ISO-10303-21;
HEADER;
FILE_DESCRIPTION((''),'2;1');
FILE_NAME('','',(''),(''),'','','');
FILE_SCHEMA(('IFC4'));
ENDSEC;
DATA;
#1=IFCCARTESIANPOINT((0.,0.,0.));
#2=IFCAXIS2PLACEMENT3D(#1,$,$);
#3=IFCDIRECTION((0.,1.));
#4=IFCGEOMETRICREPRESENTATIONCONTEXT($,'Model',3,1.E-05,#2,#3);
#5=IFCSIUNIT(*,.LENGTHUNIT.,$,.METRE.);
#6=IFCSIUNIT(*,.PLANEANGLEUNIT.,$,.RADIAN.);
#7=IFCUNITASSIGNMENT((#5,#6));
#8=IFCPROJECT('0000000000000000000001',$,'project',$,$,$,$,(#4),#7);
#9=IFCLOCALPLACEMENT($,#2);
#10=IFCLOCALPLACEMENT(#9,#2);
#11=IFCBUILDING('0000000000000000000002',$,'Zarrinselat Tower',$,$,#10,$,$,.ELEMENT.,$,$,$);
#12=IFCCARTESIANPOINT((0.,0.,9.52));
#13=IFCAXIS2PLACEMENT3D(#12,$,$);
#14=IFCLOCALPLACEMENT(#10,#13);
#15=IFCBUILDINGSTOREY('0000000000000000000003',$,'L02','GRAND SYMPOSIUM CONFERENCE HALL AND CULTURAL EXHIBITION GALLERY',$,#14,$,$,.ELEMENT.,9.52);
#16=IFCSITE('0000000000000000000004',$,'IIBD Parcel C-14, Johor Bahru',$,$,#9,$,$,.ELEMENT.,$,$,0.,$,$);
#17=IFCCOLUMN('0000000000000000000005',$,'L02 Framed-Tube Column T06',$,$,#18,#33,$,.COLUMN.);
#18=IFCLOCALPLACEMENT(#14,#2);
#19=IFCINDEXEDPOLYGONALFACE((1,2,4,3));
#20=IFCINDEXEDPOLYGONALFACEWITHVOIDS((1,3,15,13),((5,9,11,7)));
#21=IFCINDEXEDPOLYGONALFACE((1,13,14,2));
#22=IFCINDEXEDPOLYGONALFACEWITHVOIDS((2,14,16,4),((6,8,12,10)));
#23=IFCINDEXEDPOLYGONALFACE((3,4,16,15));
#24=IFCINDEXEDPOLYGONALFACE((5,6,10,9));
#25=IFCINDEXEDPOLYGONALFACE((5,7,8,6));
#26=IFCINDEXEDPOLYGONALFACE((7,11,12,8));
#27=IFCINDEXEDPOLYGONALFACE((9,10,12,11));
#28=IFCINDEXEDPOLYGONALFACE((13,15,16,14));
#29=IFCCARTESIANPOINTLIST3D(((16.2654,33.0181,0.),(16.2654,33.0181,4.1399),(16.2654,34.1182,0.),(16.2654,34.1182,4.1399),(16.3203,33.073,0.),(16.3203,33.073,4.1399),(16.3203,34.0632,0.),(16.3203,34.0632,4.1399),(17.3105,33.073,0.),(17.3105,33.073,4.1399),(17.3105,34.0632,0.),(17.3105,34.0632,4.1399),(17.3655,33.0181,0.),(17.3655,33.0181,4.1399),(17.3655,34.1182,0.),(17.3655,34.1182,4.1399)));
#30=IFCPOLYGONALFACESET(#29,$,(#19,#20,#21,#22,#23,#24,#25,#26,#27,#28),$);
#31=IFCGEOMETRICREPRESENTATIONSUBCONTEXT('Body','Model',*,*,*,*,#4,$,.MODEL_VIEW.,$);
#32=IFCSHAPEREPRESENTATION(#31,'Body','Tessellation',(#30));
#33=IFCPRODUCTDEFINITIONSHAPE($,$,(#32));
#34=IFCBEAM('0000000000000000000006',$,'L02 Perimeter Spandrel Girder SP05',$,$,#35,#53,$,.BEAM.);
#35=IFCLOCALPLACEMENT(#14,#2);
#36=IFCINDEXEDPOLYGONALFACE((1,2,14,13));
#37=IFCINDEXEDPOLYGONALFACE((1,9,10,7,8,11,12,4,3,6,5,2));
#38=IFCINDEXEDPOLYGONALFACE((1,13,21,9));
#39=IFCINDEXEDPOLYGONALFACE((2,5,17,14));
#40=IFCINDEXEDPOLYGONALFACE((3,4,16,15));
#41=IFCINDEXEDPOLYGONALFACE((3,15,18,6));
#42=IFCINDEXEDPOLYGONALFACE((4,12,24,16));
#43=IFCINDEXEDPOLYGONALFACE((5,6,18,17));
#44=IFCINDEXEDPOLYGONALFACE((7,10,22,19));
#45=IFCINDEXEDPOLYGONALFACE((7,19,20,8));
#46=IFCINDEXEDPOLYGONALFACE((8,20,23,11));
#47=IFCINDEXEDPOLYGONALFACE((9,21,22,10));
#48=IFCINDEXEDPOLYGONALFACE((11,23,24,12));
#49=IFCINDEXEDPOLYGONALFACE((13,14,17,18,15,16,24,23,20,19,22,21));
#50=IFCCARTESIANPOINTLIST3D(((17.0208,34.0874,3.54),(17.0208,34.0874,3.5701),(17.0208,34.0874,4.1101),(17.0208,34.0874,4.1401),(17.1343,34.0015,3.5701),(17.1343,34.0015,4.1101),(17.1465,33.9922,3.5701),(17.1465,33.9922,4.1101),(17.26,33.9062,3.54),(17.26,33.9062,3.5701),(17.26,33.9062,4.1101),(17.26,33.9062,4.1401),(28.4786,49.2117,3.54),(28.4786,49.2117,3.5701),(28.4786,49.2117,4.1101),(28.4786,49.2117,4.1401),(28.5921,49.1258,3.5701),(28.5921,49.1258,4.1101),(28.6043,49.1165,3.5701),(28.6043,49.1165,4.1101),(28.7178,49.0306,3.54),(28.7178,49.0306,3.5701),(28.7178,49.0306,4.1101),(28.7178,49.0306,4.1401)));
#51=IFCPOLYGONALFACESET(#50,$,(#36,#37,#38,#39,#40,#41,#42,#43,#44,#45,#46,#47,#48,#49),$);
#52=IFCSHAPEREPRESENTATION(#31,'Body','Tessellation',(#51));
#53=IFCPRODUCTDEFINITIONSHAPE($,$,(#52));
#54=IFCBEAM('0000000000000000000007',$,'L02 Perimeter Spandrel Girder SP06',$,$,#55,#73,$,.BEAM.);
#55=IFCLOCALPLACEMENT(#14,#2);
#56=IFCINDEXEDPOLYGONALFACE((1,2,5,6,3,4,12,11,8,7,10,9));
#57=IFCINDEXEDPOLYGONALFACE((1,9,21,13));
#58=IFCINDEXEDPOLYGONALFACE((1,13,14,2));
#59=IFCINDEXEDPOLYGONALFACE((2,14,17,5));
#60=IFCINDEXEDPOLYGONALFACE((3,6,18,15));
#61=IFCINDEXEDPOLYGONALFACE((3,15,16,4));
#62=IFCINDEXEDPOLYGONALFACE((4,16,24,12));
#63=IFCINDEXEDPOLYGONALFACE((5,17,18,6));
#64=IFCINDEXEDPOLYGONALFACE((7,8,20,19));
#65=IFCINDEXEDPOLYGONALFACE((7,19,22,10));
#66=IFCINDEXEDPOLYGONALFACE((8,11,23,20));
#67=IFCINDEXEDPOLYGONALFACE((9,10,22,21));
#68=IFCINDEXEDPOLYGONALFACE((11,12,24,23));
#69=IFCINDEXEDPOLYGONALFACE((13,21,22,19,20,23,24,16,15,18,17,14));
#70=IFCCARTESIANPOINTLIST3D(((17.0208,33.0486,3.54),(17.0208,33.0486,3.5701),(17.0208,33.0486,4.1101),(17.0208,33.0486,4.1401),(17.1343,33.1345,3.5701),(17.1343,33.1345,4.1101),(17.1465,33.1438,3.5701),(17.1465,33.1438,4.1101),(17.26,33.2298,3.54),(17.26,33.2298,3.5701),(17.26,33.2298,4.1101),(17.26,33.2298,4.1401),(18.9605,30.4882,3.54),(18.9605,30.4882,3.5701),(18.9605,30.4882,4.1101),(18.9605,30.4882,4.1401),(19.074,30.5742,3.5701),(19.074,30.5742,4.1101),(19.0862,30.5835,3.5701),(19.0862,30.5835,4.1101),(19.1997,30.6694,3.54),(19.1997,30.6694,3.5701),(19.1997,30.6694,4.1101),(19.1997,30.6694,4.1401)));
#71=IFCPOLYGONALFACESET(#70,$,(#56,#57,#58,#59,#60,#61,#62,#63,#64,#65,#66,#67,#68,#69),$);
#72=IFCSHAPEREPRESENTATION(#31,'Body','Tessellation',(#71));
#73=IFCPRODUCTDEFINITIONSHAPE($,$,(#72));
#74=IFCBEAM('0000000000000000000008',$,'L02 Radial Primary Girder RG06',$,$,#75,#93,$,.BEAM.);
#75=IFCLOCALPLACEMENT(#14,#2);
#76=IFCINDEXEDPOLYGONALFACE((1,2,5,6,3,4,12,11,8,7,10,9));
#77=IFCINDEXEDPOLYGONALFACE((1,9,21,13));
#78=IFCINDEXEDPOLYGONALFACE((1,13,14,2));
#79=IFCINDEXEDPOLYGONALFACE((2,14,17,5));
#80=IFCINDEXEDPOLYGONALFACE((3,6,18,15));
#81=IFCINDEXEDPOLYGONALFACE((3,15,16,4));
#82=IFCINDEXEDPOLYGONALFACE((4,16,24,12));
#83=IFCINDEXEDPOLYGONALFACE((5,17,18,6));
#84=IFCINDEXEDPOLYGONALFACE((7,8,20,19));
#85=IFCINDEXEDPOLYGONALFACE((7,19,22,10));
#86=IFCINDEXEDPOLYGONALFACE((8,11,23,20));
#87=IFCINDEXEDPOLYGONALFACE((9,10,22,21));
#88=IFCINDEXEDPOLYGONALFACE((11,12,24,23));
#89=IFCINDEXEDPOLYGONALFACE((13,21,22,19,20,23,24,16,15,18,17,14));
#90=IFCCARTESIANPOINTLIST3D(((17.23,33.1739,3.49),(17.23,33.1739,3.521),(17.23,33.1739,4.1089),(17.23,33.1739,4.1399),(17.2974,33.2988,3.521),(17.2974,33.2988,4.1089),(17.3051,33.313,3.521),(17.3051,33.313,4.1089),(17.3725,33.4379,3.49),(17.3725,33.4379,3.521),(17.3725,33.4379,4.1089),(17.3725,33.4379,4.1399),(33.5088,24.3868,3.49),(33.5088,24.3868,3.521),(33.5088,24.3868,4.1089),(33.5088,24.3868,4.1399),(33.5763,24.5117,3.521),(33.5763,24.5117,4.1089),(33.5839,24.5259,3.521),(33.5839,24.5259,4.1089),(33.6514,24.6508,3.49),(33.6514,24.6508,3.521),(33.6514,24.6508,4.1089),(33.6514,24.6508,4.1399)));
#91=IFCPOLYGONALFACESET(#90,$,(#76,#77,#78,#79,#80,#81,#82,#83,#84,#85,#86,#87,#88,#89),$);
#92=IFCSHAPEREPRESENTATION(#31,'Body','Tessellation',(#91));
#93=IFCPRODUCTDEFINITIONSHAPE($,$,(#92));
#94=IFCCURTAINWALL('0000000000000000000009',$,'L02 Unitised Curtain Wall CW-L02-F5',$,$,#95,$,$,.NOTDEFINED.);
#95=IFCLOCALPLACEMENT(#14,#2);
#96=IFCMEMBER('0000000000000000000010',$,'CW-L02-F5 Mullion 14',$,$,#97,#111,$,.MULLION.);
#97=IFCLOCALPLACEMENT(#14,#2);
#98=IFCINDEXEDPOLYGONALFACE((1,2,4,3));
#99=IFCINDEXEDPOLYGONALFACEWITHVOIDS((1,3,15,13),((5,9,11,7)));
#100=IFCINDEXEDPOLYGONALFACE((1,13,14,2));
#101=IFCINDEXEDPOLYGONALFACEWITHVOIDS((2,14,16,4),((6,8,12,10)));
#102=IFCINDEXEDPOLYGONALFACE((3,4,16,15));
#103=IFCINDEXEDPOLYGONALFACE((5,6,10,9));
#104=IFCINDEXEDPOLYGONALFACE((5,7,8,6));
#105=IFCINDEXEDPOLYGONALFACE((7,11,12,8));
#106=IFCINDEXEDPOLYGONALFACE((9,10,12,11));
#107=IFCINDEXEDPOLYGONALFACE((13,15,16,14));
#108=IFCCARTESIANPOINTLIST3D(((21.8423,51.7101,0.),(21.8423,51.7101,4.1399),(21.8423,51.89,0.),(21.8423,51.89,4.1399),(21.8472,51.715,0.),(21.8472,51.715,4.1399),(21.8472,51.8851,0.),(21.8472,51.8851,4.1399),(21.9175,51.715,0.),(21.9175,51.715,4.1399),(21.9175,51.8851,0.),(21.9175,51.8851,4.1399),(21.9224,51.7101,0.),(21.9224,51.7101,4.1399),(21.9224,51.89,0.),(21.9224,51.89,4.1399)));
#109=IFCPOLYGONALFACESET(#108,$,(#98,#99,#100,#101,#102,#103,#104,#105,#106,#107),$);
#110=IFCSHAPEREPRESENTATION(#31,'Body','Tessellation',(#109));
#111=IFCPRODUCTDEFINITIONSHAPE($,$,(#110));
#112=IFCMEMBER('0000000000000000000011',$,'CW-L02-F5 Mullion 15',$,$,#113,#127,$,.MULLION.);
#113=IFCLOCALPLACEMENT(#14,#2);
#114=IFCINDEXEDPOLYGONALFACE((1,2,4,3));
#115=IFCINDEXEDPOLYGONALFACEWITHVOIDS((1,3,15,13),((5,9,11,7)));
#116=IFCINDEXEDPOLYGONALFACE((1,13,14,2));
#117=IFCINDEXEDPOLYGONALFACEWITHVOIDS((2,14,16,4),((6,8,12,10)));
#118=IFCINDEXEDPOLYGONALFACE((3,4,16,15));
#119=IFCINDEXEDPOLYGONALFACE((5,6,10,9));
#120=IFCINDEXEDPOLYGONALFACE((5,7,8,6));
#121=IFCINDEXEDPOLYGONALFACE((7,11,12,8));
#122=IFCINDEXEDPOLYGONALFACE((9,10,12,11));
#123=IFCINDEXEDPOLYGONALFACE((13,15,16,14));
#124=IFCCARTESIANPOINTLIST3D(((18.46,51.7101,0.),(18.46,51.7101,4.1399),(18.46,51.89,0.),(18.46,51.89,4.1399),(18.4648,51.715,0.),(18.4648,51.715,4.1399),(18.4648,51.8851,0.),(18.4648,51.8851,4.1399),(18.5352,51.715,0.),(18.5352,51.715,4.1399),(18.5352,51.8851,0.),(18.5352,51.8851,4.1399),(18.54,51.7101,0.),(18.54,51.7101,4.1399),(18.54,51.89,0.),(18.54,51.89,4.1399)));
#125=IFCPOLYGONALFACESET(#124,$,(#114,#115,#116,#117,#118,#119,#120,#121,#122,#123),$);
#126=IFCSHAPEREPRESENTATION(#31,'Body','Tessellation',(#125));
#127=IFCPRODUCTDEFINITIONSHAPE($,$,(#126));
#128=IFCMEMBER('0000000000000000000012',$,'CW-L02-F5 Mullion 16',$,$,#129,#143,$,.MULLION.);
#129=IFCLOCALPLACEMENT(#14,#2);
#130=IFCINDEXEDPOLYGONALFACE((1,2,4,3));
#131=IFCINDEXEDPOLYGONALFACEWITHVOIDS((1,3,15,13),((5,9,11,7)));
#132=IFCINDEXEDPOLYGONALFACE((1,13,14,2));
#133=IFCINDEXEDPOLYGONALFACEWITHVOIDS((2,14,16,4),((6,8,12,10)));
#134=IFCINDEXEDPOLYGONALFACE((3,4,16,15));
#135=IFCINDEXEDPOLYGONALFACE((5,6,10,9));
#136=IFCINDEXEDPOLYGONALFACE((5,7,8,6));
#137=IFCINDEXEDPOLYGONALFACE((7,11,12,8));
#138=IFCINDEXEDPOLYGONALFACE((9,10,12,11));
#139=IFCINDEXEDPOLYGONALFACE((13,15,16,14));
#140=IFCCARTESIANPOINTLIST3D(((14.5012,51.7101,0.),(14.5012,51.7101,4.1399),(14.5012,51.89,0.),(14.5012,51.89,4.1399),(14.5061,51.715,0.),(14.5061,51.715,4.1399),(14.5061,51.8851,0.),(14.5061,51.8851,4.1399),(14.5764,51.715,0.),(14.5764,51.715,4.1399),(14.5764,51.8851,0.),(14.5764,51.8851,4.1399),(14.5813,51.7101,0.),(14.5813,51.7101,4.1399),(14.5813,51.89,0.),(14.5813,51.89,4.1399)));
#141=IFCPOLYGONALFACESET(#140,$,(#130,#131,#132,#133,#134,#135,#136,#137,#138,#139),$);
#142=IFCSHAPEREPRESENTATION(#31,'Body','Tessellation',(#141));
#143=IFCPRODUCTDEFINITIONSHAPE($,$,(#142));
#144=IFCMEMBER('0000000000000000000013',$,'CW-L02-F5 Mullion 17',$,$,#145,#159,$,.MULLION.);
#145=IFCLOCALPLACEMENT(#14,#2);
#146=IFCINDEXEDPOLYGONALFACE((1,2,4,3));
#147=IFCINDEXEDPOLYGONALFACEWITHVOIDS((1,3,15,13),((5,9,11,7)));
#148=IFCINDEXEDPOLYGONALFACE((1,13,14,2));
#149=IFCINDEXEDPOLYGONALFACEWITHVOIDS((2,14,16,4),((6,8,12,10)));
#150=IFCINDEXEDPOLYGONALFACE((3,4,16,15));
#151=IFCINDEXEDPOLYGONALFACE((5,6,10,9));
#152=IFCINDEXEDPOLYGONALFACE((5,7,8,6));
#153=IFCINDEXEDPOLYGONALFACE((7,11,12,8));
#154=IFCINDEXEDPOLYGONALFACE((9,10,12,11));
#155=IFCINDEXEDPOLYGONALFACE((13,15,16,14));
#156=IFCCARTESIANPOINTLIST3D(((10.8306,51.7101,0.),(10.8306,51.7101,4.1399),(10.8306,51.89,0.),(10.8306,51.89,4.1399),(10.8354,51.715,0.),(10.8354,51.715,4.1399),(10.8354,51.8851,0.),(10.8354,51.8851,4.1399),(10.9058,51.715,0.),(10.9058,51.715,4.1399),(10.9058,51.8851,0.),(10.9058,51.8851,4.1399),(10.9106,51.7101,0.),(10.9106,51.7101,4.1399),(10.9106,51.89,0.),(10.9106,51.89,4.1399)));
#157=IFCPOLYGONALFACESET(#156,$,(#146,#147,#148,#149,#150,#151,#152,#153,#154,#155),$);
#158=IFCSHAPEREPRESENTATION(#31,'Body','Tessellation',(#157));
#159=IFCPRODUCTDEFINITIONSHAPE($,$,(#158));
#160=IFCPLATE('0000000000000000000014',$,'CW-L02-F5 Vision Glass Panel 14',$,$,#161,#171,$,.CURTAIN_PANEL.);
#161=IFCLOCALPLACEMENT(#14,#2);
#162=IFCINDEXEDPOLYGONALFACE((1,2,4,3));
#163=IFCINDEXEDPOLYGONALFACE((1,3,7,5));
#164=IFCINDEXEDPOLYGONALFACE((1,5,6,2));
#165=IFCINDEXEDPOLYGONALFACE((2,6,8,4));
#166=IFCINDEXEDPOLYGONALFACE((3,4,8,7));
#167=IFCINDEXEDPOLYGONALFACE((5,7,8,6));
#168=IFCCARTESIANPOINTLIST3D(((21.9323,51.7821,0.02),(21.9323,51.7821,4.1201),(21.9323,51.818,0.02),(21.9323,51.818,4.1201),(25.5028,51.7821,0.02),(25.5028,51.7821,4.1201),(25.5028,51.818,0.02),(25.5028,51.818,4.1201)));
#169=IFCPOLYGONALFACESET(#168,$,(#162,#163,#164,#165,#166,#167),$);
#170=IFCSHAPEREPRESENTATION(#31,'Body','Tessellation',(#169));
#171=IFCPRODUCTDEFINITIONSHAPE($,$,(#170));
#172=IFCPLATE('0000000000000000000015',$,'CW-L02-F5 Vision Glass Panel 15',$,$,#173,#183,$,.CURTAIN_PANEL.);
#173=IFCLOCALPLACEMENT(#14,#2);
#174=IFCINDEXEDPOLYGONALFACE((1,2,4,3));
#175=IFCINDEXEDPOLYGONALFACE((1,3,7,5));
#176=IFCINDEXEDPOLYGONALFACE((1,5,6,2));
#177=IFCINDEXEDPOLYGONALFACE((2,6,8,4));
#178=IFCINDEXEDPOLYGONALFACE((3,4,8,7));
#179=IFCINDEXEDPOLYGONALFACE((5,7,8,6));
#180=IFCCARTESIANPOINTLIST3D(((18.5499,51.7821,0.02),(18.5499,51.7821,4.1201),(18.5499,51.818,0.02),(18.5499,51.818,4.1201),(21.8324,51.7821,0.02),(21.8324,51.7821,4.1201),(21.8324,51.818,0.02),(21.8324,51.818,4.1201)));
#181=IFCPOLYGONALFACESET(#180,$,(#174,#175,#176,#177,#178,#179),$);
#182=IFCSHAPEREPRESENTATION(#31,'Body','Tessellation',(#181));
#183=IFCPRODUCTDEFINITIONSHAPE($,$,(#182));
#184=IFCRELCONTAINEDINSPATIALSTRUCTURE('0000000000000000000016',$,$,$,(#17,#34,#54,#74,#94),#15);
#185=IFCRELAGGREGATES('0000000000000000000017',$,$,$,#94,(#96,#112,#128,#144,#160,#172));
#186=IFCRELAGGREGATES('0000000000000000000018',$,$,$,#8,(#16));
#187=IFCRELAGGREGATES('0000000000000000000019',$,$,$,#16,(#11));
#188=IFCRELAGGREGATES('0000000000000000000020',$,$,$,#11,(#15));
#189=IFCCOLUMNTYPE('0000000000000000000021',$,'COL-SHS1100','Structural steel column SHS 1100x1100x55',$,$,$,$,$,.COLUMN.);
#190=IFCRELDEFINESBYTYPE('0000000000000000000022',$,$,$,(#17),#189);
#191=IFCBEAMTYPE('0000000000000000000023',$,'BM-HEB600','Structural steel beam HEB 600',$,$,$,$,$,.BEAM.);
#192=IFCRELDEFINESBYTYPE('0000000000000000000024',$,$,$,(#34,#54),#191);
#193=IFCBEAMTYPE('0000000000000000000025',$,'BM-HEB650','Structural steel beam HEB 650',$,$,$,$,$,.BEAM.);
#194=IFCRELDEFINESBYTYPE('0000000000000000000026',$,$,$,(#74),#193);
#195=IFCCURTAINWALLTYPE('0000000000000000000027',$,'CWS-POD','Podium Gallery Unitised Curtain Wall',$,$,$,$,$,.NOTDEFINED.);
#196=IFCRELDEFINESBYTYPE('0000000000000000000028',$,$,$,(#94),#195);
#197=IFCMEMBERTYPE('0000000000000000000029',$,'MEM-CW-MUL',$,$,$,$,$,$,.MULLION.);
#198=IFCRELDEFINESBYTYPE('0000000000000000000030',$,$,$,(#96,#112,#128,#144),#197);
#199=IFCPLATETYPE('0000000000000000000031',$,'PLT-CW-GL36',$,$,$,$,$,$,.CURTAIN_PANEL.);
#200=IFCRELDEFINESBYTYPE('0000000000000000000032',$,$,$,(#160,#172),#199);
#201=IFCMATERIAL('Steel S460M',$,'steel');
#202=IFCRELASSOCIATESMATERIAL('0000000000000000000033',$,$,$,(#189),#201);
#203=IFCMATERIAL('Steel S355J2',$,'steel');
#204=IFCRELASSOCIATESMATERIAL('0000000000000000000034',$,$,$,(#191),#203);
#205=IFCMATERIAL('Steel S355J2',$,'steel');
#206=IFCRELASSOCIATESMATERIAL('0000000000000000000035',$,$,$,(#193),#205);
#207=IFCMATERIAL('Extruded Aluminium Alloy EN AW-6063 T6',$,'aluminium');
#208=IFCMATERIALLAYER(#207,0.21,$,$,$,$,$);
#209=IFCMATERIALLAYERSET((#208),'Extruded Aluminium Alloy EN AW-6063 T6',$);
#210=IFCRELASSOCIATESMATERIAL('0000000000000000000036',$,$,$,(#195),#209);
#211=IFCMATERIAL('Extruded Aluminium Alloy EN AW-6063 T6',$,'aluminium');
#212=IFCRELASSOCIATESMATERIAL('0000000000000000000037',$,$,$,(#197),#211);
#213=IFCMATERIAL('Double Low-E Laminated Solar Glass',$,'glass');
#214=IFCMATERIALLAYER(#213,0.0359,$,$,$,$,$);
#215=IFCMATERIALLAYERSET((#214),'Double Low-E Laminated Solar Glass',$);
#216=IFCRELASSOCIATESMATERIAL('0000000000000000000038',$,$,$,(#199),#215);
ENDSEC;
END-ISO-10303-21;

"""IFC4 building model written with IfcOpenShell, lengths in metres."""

from ifc_helpers import new_model, si_unit, direction, frame, origin, origin_2d, place, context, subcontext, project, spatial, rectangle, hollow_rectangle, i_section, extrude, material, layer, layer_set, material_profile, profile_set, type_object, element, aggregate, save


model = new_model("IFC4")

# Units and contexts
model_context = context("Model", 3, precision=1e-05, world=origin(), true_north=direction((0.0, 1.0)))
body_context = subcontext(model_context, "Body", "Model", "MODEL_VIEW")
ifc_project = project(units=[si_unit("LENGTHUNIT", "METRE"), si_unit("PLANEANGLEUNIT", "RADIAN")], contexts=[model_context])

# Site, building, storey
site_placement = place(None, origin())
site = spatial("IfcSite", under=ifc_project, at=site_placement, Name="IIBD Parcel C-14, Johor Bahru", CompositionType="ELEMENT", RefElevation=0.0)
building_placement = place(site_placement, origin())
building = spatial("IfcBuilding", under=site, at=building_placement, Name="Zarrinselat Tower", CompositionType="ELEMENT")
storey_placement = place(building_placement, frame((0.0, 0.0, 9.52)))
storey = spatial("IfcBuildingStorey", under=building, at=storey_placement, Name="L02", Description="GRAND SYMPOSIUM CONFERENCE HALL AND CULTURAL EXHIBITION GALLERY", CompositionType="ELEMENT", Elevation=9.52)

# Column
ifc_material_1 = material(Name="Steel S460M", Category="steel")
ifc_material_profile_1 = material_profile(ifc_material_1, hollow_rectangle(XDim=1.1001, YDim=1.1001, WallThickness=0.0549, at=origin_2d()), Name="SHS 1100x1100x55")
ifc_profile_set_1 = profile_set([ifc_material_profile_1], Name="Steel S460M")
column_type = type_object("IfcColumnType", Name="COL-SHS1100", Description="Structural steel column SHS 1100x1100x55", PredefinedType="COLUMN", material=ifc_profile_set_1)
column_placement = place(storey_placement, frame((16.8154, 33.5681, 0.0), z_axis=(0.0, 0.0, 1.0), x_axis=(1.0, 0.0, 0.0)))
element("IfcColumn", 1, at=column_placement, inside=storey, type_object=column_type, Name="L02 Framed-Tube Column T06", PredefinedType="COLUMN", context=body_context, shape_type="SweptSolid", body=[
    extrude(hollow_rectangle(XDim=1.1001, YDim=1.1001, WallThickness=0.0549, at=origin_2d()), origin(), (0.0, 0.0, 1.0), 4.1399),
])

# Beams
ifc_material_2 = material(Name="Steel S355J2", Category="steel")
ifc_material_profile_2 = material_profile(ifc_material_2, i_section(OverallWidth=0.3, OverallDepth=0.6001, WebThickness=0.0154, FlangeThickness=0.03, at=origin_2d()), Name="HEB 600")
ifc_profile_set_2 = profile_set([ifc_material_profile_2], Name="Steel S355J2")
beam_type_1 = type_object("IfcBeamType", Name="BM-HEB600", Description="Structural steel beam HEB 600", PredefinedType="BEAM", material=ifc_profile_set_2)
beam_1_placement = place(storey_placement, frame((17.1404, 33.9968, 3.8401), z_axis=(0.603857, 0.797093, 0.0), x_axis=(-0.797093, 0.603857, 0.0)))
element("IfcBeam", 2, at=beam_1_placement, inside=storey, type_object=beam_type_1, Name="L02 Perimeter Spandrel Girder SP05", PredefinedType="BEAM", context=body_context, shape_type="SweptSolid", body=[
    extrude(i_section(OverallWidth=0.3, OverallDepth=0.6001, WebThickness=0.0154, FlangeThickness=0.03, at=origin_2d()), origin(), (0.0, 0.0, 1.0), 18.9744),
])
beam_2_placement = place(storey_placement, frame((17.1404, 33.1392, 3.8401), z_axis=(0.603872, -0.797081, 0.0), x_axis=(0.797081, 0.603872, 0.0)))
element("IfcBeam", 3, at=beam_2_placement, inside=storey, type_object=beam_type_1, Name="L02 Perimeter Spandrel Girder SP06", PredefinedType="BEAM", context=body_context, shape_type="SweptSolid", body=[
    extrude(i_section(OverallWidth=0.3, OverallDepth=0.6001, WebThickness=0.0154, FlangeThickness=0.03, at=origin_2d()), origin(), (0.0, 0.0, 1.0), 3.2122),
])
ifc_material_3 = material(Name="Steel S355J2", Category="steel")
ifc_material_profile_3 = material_profile(ifc_material_3, i_section(OverallWidth=0.3, OverallDepth=0.6499, WebThickness=0.0161, FlangeThickness=0.031, at=origin_2d()), Name="HEB 650")
ifc_profile_set_3 = profile_set([ifc_material_profile_3], Name="Steel S355J2")
beam_type_2 = type_object("IfcBeamType", Name="BM-HEB650", Description="Structural steel beam HEB 650", PredefinedType="BEAM", material=ifc_profile_set_3)
beam_3_placement = place(storey_placement, frame((17.3013, 33.3059, 3.8149), z_axis=(0.879983, -0.475005, 0.0), x_axis=(0.475005, 0.879983, 0.0)))
element("IfcBeam", 4, at=beam_3_placement, inside=storey, type_object=beam_type_2, Name="L02 Radial Primary Girder RG06", PredefinedType="BEAM", context=body_context, shape_type="SweptSolid", body=[
    extrude(i_section(OverallWidth=0.3, OverallDepth=0.6499, WebThickness=0.0161, FlangeThickness=0.031, at=origin_2d()), origin(), (0.0, 0.0, 1.0), 18.499),
])

# Curtain wall, members, plates
ifc_material_4 = material(Name="Extruded Aluminium Alloy EN AW-6063 T6", Category="aluminium")
ifc_layer_1 = layer(ifc_material_4, 0.21)
ifc_layer_set_1 = layer_set([ifc_layer_1], Name="Extruded Aluminium Alloy EN AW-6063 T6")
curtain_wall_type = type_object("IfcCurtainWallType", Name="CWS-POD", Description="Podium Gallery Unitised Curtain Wall", PredefinedType="NOTDEFINED", material=ifc_layer_set_1)
curtain_wall_placement = place(storey_placement, origin())
curtain_wall = element("IfcCurtainWall", 5, at=curtain_wall_placement, inside=storey, type_object=curtain_wall_type, Name="L02 Unitised Curtain Wall CW-L02-F5", PredefinedType="NOTDEFINED")
ifc_material_5 = material(Name="Extruded Aluminium Alloy EN AW-6063 T6", Category="aluminium")
ifc_material_profile_4 = material_profile(ifc_material_5, hollow_rectangle(XDim=0.0801, YDim=0.1799, WallThickness=0.0049, at=origin_2d()), Name="RHS 180x80x5")
ifc_profile_set_4 = profile_set([ifc_material_profile_4], Name="Extruded Aluminium Alloy EN AW-6063 T6")
member_type = type_object("IfcMemberType", Name="MEM-CW-MUL", PredefinedType="MULLION", material=ifc_profile_set_4)
member_1_placement = place(storey_placement, frame((21.8823, 51.8, 0.0), z_axis=(0.0, 0.0, 1.0), x_axis=(-1.0, 0.0, 0.0)))
member_1 = element("IfcMember", 6, at=member_1_placement, type_object=member_type, Name="CW-L02-F5 Mullion 14", PredefinedType="MULLION", context=body_context, shape_type="SweptSolid", body=[
    extrude(hollow_rectangle(XDim=0.0801, YDim=0.1799, WallThickness=0.0049, at=origin_2d()), origin(), (0.0, 0.0, 1.0), 4.1399),
])
member_2_placement = place(storey_placement, frame((18.5, 51.8, 0.0), z_axis=(0.0, 0.0, 1.0), x_axis=(-1.0, 0.0, 0.0)))
member_2 = element("IfcMember", 7, at=member_2_placement, type_object=member_type, Name="CW-L02-F5 Mullion 15", PredefinedType="MULLION", context=body_context, shape_type="SweptSolid", body=[
    extrude(hollow_rectangle(XDim=0.0801, YDim=0.1799, WallThickness=0.0049, at=origin_2d()), origin(), (0.0, 0.0, 1.0), 4.1399),
])
member_3_placement = place(storey_placement, frame((14.5413, 51.8, 0.0), z_axis=(0.0, 0.0, 1.0), x_axis=(-1.0, 0.0, 0.0)))
member_3 = element("IfcMember", 8, at=member_3_placement, type_object=member_type, Name="CW-L02-F5 Mullion 16", PredefinedType="MULLION", context=body_context, shape_type="SweptSolid", body=[
    extrude(hollow_rectangle(XDim=0.0801, YDim=0.1799, WallThickness=0.0049, at=origin_2d()), origin(), (0.0, 0.0, 1.0), 4.1399),
])
member_4_placement = place(storey_placement, frame((10.8706, 51.8, 0.0), z_axis=(0.0, 0.0, 1.0), x_axis=(-1.0, 0.0, 0.0)))
member_4 = element("IfcMember", 9, at=member_4_placement, type_object=member_type, Name="CW-L02-F5 Mullion 17", PredefinedType="MULLION", context=body_context, shape_type="SweptSolid", body=[
    extrude(hollow_rectangle(XDim=0.0801, YDim=0.1799, WallThickness=0.0049, at=origin_2d()), origin(), (0.0, 0.0, 1.0), 4.1399),
])
ifc_material_6 = material(Name="Double Low-E Laminated Solar Glass", Category="glass")
ifc_layer_2 = layer(ifc_material_6, 0.0359)
ifc_layer_set_2 = layer_set([ifc_layer_2], Name="Double Low-E Laminated Solar Glass")
plate_type = type_object("IfcPlateType", Name="PLT-CW-GL36", PredefinedType="CURTAIN_PANEL", material=ifc_layer_set_2)
plate_1_placement = place(storey_placement, frame((23.7175, 51.8, 0.02), z_axis=(0.0, 0.0, 1.0), x_axis=(-1.0, 0.0, 0.0)))
plate_1 = element("IfcPlate", 10, at=plate_1_placement, type_object=plate_type, Name="CW-L02-F5 Vision Glass Panel 14", PredefinedType="CURTAIN_PANEL", context=body_context, shape_type="SweptSolid", body=[
    extrude(rectangle(XDim=3.5706, YDim=0.0359, at=origin_2d()), origin(), (0.0, 0.0, 1.0), 4.1001),
])
plate_2_placement = place(storey_placement, frame((20.1912, 51.8, 0.02), z_axis=(0.0, 0.0, 1.0), x_axis=(-1.0, 0.0, 0.0)))
plate_2 = element("IfcPlate", 11, at=plate_2_placement, type_object=plate_type, Name="CW-L02-F5 Vision Glass Panel 15", PredefinedType="CURTAIN_PANEL", context=body_context, shape_type="SweptSolid", body=[
    extrude(rectangle(XDim=3.2825, YDim=0.0359, at=origin_2d()), origin(), (0.0, 0.0, 1.0), 4.1001),
])
aggregate(curtain_wall, [member_1, member_2, member_3, member_4, plate_1, plate_2])

save(model, "model.ifc")
